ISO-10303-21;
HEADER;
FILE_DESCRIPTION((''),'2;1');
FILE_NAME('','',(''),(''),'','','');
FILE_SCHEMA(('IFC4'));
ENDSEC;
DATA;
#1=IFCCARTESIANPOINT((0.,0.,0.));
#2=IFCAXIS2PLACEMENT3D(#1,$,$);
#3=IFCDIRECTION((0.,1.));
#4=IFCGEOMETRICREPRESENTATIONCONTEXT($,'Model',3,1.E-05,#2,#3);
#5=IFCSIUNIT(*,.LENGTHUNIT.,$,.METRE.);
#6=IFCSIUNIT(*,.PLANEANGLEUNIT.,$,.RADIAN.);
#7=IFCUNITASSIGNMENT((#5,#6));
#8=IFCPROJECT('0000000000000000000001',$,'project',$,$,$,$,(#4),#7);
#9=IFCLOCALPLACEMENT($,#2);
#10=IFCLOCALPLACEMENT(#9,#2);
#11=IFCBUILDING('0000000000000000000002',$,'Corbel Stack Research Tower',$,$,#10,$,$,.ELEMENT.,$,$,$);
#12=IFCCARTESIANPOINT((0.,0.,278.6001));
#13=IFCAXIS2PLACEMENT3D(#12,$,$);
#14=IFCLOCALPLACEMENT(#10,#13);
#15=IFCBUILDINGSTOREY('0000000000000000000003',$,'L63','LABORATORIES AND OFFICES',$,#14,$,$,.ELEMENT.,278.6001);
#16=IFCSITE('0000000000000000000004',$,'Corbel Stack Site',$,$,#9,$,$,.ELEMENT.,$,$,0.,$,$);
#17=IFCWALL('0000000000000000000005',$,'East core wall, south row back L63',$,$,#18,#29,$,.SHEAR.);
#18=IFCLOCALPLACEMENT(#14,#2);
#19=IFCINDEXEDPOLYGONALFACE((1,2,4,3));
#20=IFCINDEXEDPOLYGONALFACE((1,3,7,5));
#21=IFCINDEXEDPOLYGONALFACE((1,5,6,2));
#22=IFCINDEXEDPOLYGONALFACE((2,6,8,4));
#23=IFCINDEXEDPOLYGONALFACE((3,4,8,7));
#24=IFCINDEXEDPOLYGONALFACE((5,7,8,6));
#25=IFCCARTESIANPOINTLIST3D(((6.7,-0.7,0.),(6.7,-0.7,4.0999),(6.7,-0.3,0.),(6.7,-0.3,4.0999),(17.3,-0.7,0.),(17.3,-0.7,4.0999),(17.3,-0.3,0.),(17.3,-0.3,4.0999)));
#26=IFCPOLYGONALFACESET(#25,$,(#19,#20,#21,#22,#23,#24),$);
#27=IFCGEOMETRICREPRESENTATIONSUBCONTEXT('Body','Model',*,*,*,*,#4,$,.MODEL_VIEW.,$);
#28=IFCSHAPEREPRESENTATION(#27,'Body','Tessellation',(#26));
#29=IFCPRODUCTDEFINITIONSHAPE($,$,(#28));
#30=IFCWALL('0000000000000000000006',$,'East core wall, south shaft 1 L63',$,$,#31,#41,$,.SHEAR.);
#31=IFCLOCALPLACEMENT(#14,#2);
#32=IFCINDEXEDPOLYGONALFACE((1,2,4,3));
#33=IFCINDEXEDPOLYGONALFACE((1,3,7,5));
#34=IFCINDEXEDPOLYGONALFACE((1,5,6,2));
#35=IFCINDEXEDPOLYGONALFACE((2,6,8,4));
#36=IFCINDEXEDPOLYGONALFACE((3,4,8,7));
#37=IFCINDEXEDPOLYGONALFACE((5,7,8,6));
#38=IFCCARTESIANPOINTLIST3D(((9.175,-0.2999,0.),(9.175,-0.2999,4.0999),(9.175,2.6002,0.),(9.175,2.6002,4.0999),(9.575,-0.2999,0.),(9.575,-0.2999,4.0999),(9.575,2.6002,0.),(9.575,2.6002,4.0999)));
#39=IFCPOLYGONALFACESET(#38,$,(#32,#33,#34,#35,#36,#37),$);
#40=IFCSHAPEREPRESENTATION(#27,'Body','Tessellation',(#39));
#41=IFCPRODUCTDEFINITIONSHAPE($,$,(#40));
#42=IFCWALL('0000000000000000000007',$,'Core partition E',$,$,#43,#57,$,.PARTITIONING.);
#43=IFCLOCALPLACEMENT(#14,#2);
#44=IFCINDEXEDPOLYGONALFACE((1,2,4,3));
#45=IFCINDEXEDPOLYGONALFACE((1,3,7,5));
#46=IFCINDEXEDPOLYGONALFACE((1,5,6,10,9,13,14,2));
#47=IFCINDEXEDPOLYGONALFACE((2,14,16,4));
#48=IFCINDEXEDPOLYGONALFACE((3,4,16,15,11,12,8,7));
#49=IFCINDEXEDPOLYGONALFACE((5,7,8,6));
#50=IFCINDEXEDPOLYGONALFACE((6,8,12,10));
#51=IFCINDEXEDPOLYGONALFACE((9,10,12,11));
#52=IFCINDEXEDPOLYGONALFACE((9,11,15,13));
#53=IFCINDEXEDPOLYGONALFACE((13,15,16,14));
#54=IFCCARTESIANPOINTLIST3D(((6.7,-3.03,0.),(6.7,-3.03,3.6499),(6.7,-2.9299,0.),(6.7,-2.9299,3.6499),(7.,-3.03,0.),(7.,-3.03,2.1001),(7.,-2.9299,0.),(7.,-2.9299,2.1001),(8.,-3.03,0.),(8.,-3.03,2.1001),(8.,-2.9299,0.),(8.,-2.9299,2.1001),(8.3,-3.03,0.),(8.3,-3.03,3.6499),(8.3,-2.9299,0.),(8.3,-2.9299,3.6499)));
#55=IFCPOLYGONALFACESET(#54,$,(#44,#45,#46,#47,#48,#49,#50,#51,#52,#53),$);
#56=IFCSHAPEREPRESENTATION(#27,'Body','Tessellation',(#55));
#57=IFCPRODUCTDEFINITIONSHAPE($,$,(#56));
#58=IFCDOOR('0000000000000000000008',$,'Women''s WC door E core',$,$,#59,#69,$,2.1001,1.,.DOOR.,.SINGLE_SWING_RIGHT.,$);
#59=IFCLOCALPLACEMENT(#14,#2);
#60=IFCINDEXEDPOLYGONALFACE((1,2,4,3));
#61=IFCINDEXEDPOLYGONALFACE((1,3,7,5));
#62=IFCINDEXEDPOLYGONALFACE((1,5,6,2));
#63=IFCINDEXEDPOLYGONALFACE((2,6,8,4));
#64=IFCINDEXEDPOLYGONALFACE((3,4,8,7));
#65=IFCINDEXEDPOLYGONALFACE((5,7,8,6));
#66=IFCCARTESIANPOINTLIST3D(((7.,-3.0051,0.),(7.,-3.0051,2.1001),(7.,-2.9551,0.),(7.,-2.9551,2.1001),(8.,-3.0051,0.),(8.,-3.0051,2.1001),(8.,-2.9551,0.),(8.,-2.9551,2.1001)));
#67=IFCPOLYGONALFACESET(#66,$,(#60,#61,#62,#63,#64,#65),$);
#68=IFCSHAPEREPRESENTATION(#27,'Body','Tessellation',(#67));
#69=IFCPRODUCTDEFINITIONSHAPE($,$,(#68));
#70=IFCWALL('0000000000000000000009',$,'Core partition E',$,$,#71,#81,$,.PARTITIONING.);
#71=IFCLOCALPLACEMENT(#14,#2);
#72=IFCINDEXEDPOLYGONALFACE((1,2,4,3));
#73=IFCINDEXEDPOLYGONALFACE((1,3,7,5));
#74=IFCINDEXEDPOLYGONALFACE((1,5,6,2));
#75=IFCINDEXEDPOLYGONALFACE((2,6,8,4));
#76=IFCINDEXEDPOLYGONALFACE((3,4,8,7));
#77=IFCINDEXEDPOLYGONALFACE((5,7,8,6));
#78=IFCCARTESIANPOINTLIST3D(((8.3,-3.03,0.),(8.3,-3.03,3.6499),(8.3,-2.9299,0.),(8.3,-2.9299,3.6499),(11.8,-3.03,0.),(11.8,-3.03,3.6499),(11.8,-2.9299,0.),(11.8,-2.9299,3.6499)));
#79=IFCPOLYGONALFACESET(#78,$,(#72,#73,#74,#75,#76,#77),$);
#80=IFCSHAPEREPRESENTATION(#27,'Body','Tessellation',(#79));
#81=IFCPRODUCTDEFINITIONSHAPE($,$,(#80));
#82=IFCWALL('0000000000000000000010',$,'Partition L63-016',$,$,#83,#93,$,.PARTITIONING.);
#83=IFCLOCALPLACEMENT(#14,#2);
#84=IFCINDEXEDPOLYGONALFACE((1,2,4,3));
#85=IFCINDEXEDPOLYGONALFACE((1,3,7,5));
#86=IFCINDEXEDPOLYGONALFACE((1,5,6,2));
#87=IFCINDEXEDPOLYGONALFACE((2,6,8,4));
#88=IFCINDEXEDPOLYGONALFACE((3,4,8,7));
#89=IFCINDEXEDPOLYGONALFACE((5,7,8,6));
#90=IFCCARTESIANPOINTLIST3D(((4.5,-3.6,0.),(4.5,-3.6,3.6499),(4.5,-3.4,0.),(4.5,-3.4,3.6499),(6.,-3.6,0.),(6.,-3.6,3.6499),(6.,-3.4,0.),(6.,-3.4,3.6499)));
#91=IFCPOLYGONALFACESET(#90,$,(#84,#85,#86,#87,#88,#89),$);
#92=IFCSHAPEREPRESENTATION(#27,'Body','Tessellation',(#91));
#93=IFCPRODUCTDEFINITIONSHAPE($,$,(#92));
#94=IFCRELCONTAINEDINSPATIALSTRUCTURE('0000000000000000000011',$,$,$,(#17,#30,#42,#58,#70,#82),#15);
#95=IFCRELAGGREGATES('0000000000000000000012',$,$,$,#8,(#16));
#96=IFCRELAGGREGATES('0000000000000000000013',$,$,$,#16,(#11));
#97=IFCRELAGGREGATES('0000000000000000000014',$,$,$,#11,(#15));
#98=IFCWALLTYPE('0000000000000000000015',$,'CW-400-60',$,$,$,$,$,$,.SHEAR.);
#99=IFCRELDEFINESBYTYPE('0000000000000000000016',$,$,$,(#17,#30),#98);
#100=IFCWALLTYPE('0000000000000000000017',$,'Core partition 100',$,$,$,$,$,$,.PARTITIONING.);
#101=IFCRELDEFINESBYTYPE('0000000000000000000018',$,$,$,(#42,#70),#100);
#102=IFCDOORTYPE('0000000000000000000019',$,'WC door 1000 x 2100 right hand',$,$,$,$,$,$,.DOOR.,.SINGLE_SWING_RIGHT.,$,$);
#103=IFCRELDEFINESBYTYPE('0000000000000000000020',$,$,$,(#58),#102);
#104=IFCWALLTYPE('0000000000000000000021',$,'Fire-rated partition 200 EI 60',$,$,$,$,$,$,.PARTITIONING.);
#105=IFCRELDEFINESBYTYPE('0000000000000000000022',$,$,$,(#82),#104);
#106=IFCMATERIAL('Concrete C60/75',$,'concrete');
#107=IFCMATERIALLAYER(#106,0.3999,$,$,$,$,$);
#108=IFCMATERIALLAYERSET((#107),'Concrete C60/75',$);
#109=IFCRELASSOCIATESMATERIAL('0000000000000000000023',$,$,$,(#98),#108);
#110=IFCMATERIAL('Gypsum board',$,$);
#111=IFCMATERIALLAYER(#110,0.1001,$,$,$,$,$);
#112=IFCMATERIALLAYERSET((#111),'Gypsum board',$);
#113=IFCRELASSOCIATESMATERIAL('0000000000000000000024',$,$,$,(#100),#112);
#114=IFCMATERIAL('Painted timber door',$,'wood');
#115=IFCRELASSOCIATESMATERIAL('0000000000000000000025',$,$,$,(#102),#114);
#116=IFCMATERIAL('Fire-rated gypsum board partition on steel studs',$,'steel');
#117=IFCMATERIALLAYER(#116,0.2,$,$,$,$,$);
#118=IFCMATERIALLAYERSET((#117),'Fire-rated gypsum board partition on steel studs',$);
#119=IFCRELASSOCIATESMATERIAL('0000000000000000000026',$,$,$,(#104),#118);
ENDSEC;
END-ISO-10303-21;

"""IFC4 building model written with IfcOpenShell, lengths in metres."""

from ifc_helpers import new_model, si_unit, direction, frame, frame_2d, origin, place, context, subcontext, project, spatial, rectangle, extrude, material, layer, layer_set, type_object, element, fill, save


model = new_model("IFC4")

# Units and contexts
model_context = context("Model", 3, precision=1e-05, world=origin(), true_north=direction((0.0, 1.0)))
body_context = subcontext(model_context, "Body", "Model", "MODEL_VIEW")
ifc_project = project(units=[si_unit("LENGTHUNIT", "METRE"), si_unit("PLANEANGLEUNIT", "RADIAN")], contexts=[model_context])

# Site, building, storey
site_placement = place(None, origin())
site = spatial("IfcSite", under=ifc_project, at=site_placement, Name="Corbel Stack Site", CompositionType="ELEMENT", RefElevation=0.0)
building_placement = place(site_placement, origin())
building = spatial("IfcBuilding", under=site, at=building_placement, Name="Corbel Stack Research Tower", CompositionType="ELEMENT")
storey_placement = place(building_placement, frame((0.0, 0.0, 278.6001)))
storey = spatial("IfcBuildingStorey", under=building, at=storey_placement, Name="L63", Description="LABORATORIES AND OFFICES", CompositionType="ELEMENT", Elevation=278.6001)

# Walls
ifc_material_1 = material(Name="Concrete C60/75", Category="concrete")
ifc_layer_1 = layer(ifc_material_1, 0.3999)
ifc_layer_set_1 = layer_set([ifc_layer_1], Name="Concrete C60/75")
wall_type_1 = type_object("IfcWallType", Name="CW-400-60", PredefinedType="SHEAR", material=ifc_layer_set_1)
wall_1_placement = place(storey_placement, frame((6.7, -0.5, 0.0), z_axis=(0.0, 0.0, 1.0), x_axis=(1.0, 0.0, 0.0)))
element("IfcWall", 1, at=wall_1_placement, inside=storey, type_object=wall_type_1, Name="East core wall, south row back L63", PredefinedType="SHEAR", context=body_context, shape_type="SweptSolid", body=[
    extrude(rectangle(XDim=10.6001, YDim=0.3999, at=frame_2d((5.3, 0.0))), origin(), (0.0, 0.0, 1.0), 4.0999),
])
wall_2_placement = place(storey_placement, frame((9.375, -0.3, 0.0), z_axis=(0.0, 0.0, 1.0), x_axis=(0.0, 1.0, 0.0)))
element("IfcWall", 2, at=wall_2_placement, inside=storey, type_object=wall_type_1, Name="East core wall, south shaft 1 L63", PredefinedType="SHEAR", context=body_context, shape_type="SweptSolid", body=[
    extrude(rectangle(XDim=2.9001, YDim=0.3999, at=frame_2d((1.4502, 0.0))), origin(), (0.0, 0.0, 1.0), 4.0999),
])

# Wall, opening, door
ifc_material_2 = material(Name="Gypsum board")
ifc_layer_2 = layer(ifc_material_2, 0.1001)
ifc_layer_set_2 = layer_set([ifc_layer_2], Name="Gypsum board")
wall_type_2 = type_object("IfcWallType", Name="Core partition 100", PredefinedType="PARTITIONING", material=ifc_layer_set_2)
wall_3_placement = place(storey_placement, frame((6.7, -2.98, 0.0), z_axis=(0.0, 0.0, 1.0), x_axis=(1.0, 0.0, 0.0)))
wall_3 = element("IfcWall", 3, at=wall_3_placement, inside=storey, type_object=wall_type_2, Name="Core partition E", PredefinedType="PARTITIONING", context=body_context, shape_type="SweptSolid", body=[
    extrude(rectangle(XDim=1.6001, YDim=0.1001, at=frame_2d((0.8, 0.0))), origin(), (0.0, 0.0, 1.0), 3.6499),
])
opening_placement = place(wall_3_placement, frame((0.3, 0.0, 0.0)))
opening = element("IfcOpeningElement", 4, at=opening_placement, cuts=wall_3, PredefinedType="OPENING", context=body_context, shape_type="SweptSolid", body=[
    extrude(rectangle(XDim=1.0, YDim=2.1001, at=frame_2d((0.5, 1.05))), frame((0.0, 0.0601, 0.0), z_axis=(0.0, -1.0, 0.0), x_axis=(1.0, 0.0, 0.0)), (0.0, 0.0, 1.0), 0.1201),
])
ifc_material_3 = material(Name="Painted timber door", Category="wood")
door_type = type_object("IfcDoorType", Name="WC door 1000 x 2100 right hand", OperationType="SINGLE_SWING_RIGHT", PredefinedType="DOOR", material=ifc_material_3)
door_placement = place(opening_placement, origin())
door = element("IfcDoor", 5, at=door_placement, inside=storey, type_object=door_type, Name="Women's WC door E core", OperationType="SINGLE_SWING_RIGHT", OverallHeight=2.1001, OverallWidth=1.0, PredefinedType="DOOR", context=body_context, shape_type="SweptSolid", body=[
    extrude(rectangle(XDim=1.0, YDim=2.1001, at=frame_2d((0.5, 1.05))), frame((0.0, 0.0249, 0.0), z_axis=(0.0, -1.0, 0.0), x_axis=(1.0, 0.0, 0.0)), (0.0, 0.0, 1.0), 0.05),
])
fill(opening, door)

# Walls
wall_4_placement = place(storey_placement, frame((8.3, -2.98, 0.0), z_axis=(0.0, 0.0, 1.0), x_axis=(1.0, 0.0, 0.0)))
element("IfcWall", 6, at=wall_4_placement, inside=storey, type_object=wall_type_2, Name="Core partition E", PredefinedType="PARTITIONING", context=body_context, shape_type="SweptSolid", body=[
    extrude(rectangle(XDim=3.5, YDim=0.1001, at=frame_2d((1.75, 0.0))), origin(), (0.0, 0.0, 1.0), 3.6499),
])
ifc_material_4 = material(Name="Fire-rated gypsum board partition on steel studs", Category="steel")
ifc_layer_3 = layer(ifc_material_4, 0.2)
ifc_layer_set_3 = layer_set([ifc_layer_3], Name="Fire-rated gypsum board partition on steel studs")
wall_type_3 = type_object("IfcWallType", Name="Fire-rated partition 200 EI 60", PredefinedType="PARTITIONING", material=ifc_layer_set_3)
wall_5_placement = place(storey_placement, frame((4.5, -3.5, 0.0), z_axis=(0.0, 0.0, 1.0), x_axis=(1.0, 0.0, 0.0)))
element("IfcWall", 7, at=wall_5_placement, inside=storey, type_object=wall_type_3, Name="Partition L63-016", PredefinedType="PARTITIONING", context=body_context, shape_type="SweptSolid", body=[
    extrude(rectangle(XDim=1.5, YDim=0.2, at=frame_2d((0.75, 0.0))), origin(), (0.0, 0.0, 1.0), 3.6499),
])

save(model, "model.ifc")
